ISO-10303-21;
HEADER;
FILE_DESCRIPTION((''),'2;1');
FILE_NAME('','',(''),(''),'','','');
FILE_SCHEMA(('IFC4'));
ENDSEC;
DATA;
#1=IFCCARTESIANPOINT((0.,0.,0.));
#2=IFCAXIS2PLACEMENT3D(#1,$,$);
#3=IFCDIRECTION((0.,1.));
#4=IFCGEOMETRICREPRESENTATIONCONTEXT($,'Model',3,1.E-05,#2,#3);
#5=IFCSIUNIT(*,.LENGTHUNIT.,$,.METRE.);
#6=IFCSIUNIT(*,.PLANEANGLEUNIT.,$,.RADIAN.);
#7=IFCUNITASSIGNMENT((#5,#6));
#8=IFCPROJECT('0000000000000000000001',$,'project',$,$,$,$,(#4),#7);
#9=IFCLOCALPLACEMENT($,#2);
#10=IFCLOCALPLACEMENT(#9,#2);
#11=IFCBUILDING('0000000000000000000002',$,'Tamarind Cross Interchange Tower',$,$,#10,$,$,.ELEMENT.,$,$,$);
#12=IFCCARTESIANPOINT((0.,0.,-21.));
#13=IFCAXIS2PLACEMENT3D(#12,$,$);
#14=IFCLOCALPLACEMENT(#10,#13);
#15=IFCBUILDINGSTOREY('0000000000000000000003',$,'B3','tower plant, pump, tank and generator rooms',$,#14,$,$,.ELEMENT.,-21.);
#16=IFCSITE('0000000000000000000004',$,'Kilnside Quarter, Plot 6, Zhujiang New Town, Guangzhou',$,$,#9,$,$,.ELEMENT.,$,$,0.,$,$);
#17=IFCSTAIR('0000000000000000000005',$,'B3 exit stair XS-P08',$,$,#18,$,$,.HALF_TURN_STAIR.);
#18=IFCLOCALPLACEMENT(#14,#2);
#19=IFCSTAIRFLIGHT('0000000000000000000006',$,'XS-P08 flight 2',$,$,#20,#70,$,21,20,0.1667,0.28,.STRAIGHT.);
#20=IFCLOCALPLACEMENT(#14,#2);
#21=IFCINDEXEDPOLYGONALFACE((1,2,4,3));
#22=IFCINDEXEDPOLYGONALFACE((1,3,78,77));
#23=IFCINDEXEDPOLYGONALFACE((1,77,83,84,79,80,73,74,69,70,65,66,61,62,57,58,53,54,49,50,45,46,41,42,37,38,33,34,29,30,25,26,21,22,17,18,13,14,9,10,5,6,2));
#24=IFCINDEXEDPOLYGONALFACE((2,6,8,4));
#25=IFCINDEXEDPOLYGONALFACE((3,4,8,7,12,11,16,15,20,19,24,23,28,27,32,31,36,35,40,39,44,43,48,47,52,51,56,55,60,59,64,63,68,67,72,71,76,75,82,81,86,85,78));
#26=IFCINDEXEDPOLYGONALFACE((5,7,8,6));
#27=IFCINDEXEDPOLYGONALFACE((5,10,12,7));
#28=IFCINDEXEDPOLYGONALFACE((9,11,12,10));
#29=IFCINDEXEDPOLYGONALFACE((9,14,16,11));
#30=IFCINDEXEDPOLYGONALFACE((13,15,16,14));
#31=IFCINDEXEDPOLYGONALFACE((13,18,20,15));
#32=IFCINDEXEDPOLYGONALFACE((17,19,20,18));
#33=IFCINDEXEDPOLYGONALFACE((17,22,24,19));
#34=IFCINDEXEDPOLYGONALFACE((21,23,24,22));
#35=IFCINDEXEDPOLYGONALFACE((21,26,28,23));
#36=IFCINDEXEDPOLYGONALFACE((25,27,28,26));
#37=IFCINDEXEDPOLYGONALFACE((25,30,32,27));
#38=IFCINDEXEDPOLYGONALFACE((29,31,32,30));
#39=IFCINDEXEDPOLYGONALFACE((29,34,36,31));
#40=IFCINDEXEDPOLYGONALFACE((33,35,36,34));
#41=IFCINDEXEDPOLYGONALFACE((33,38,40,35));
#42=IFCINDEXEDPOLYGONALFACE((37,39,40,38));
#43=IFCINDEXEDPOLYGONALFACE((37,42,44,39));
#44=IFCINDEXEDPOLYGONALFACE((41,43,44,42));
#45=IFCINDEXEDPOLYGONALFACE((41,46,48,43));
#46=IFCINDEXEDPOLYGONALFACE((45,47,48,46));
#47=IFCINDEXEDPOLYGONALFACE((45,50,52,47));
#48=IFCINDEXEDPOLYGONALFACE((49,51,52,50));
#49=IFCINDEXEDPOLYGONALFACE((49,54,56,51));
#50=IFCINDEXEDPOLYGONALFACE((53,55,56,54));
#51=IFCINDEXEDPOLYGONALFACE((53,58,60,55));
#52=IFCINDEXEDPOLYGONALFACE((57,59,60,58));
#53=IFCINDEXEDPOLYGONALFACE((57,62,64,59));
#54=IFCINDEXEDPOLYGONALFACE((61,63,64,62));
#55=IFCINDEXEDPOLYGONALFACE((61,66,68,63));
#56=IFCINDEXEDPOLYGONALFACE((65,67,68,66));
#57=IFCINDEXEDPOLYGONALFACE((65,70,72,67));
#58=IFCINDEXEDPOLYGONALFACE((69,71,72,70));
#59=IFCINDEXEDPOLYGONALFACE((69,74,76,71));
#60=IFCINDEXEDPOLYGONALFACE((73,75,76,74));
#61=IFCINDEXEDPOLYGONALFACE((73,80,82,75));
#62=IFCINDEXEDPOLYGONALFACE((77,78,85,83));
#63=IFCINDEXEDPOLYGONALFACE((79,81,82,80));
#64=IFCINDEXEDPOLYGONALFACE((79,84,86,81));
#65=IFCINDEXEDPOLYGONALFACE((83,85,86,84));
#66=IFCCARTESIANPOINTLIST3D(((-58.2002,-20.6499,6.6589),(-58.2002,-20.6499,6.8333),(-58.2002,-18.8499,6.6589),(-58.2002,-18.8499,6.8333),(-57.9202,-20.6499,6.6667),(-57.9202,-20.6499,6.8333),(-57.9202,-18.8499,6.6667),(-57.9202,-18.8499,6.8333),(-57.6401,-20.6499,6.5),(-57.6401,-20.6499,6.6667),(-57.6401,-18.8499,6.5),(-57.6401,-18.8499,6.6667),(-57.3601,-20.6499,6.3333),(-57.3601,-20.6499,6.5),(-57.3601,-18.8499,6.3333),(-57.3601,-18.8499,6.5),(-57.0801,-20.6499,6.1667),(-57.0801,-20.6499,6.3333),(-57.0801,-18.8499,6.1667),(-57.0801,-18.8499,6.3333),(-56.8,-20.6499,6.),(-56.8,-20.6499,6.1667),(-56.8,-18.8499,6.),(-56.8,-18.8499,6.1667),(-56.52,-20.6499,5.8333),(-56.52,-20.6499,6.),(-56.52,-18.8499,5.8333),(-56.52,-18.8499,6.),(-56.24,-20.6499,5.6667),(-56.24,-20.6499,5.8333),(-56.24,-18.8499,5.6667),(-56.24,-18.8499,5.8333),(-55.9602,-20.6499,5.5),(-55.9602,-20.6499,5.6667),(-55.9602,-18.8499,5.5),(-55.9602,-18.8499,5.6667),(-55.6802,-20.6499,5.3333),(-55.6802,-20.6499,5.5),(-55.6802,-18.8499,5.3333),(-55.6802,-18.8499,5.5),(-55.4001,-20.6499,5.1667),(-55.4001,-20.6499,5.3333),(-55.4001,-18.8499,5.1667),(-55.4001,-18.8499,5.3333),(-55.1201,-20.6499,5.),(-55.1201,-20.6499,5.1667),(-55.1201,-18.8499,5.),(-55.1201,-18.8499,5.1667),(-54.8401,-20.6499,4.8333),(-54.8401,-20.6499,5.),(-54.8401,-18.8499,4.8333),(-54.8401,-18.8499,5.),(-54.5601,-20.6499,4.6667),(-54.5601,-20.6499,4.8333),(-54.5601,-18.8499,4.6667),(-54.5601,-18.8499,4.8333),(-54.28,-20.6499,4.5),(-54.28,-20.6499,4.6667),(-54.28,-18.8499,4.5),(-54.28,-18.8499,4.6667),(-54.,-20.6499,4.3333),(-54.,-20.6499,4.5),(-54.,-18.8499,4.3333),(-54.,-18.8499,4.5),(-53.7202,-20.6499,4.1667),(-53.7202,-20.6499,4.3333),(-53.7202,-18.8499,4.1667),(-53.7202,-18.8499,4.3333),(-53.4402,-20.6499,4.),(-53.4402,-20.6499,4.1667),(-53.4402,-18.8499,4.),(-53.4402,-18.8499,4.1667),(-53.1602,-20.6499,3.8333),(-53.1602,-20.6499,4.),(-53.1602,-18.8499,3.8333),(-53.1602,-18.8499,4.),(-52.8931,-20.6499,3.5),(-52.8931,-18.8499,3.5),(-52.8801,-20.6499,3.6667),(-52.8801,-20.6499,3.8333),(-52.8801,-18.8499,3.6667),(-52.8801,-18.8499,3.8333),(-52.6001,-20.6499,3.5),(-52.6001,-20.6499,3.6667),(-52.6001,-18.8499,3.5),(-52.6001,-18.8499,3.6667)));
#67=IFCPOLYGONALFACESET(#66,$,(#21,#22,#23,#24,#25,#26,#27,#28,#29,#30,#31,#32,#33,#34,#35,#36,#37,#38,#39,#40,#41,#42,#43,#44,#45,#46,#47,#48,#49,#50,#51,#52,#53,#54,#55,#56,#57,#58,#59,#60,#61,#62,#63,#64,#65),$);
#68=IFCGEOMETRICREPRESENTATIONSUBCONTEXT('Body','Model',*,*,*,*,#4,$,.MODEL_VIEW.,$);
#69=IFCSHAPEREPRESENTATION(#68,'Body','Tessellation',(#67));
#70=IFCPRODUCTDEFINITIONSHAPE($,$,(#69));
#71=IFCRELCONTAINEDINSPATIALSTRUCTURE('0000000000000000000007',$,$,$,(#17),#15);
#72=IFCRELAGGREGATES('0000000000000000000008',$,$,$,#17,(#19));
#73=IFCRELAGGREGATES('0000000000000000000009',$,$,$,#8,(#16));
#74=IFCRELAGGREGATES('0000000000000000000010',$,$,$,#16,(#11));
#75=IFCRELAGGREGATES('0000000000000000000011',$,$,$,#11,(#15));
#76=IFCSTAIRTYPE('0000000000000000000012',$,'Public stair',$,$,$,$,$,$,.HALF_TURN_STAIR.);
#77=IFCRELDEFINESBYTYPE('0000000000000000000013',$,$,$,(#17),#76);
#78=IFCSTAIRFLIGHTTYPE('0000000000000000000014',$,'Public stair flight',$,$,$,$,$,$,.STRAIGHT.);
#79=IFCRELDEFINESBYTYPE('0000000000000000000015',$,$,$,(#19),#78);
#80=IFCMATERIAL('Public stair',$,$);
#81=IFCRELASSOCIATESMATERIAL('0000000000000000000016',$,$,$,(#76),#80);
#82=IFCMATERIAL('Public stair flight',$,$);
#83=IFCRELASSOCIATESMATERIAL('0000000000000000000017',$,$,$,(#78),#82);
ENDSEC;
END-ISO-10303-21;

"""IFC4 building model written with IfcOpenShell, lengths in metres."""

from ifc_helpers import new_model, si_unit, direction, frame, origin, place, context, subcontext, project, spatial, polyline, outline, extrude, material, type_object, element, aggregate, save


model = new_model("IFC4")

# Units and contexts
model_context = context("Model", 3, precision=1e-05, world=origin(), true_north=direction((0.0, 1.0)))
body_context = subcontext(model_context, "Body", "Model", "MODEL_VIEW")
ifc_project = project(units=[si_unit("LENGTHUNIT", "METRE"), si_unit("PLANEANGLEUNIT", "RADIAN")], contexts=[model_context])

# Site, building, storey
site_placement = place(None, origin())
site = spatial("IfcSite", under=ifc_project, at=site_placement, Name="Kilnside Quarter, Plot 6, Zhujiang New Town, Guangzhou", CompositionType="ELEMENT", RefElevation=0.0)
building_placement = place(site_placement, origin())
building = spatial("IfcBuilding", under=site, at=building_placement, Name="Tamarind Cross Interchange Tower", CompositionType="ELEMENT")
storey_placement = place(building_placement, frame((0.0, 0.0, -21.0)))
storey = spatial("IfcBuildingStorey", under=building, at=storey_placement, Name="B3", Description="tower plant, pump, tank and generator rooms", CompositionType="ELEMENT", Elevation=-21.0)

# Stair, stair flight
ifc_material_1 = material(Name="Public stair")
stair_type = type_object("IfcStairType", Name="Public stair", PredefinedType="HALF_TURN_STAIR", material=ifc_material_1)
stair_placement = place(storey_placement, origin())
stair = element("IfcStair", 1, at=stair_placement, inside=storey, type_object=stair_type, Name="B3 exit stair XS-P08", PredefinedType="HALF_TURN_STAIR")
ifc_material_2 = material(Name="Public stair flight")
stair_flight_type = type_object("IfcStairFlightType", Name="Public stair flight", PredefinedType="STRAIGHT", material=ifc_material_2)
stair_flight_1_placement = place(storey_placement, frame((-52.6001, -19.75, 3.5), z_axis=(0.0, 0.0, 1.0), x_axis=(-1.0, 0.0, 0.0)))
stair_flight_1 = element("IfcStairFlight", 2, at=stair_flight_1_placement, type_object=stair_flight_type, Name="XS-P08 flight 2", NumberOfRisers=21, NumberOfTreads=20, PredefinedType="STRAIGHT", RiserHeight=0.1667, TreadLength=0.28, context=body_context, shape_type="SweptSolid", body=[
    extrude(outline(polyline([(0.0, 0.0), (0.0, 0.1667), (0.28, 0.1667), (0.28, 0.3333), (0.5601, 0.3333), (0.5601, 0.5), (0.8401, 0.5), (0.8401, 0.6667), (1.1201, 0.6667), (1.1201, 0.8333), (1.3999, 0.8333), (1.3999, 1.0), (1.6799, 1.0), (1.6799, 1.1667), (1.96, 1.1667), (1.96, 1.3333), (2.24, 1.3333), (2.24, 1.5), (2.52, 1.5), (2.52, 1.6667), (2.8, 1.6667), (2.8, 1.8333), (3.0801, 1.8333), (3.0801, 2.0), (3.3601, 2.0), (3.3601, 2.1667), (3.6399, 2.1667), (3.6399, 2.3333), (3.9199, 2.3333), (3.9199, 2.5), (4.2, 2.5), (4.2, 2.6667), (4.48, 2.6667), (4.48, 2.8333), (4.76, 2.8333), (4.76, 3.0), (5.04, 3.0), (5.04, 3.1667), (5.3201, 3.1667), (5.3201, 3.3333), (5.6001, 3.3333), (5.6001, 3.5), (5.6001, 3.1589), (0.293, 0.0), (0.0, 0.0)])), frame((0.0, 0.8999, 0.0), z_axis=(0.0, -1.0, 0.0), x_axis=(1.0, 0.0, 0.0)), (0.0, 0.0, 1.0), 1.8),
])
aggregate(stair, [stair_flight_1])

save(model, "model.ifc")
